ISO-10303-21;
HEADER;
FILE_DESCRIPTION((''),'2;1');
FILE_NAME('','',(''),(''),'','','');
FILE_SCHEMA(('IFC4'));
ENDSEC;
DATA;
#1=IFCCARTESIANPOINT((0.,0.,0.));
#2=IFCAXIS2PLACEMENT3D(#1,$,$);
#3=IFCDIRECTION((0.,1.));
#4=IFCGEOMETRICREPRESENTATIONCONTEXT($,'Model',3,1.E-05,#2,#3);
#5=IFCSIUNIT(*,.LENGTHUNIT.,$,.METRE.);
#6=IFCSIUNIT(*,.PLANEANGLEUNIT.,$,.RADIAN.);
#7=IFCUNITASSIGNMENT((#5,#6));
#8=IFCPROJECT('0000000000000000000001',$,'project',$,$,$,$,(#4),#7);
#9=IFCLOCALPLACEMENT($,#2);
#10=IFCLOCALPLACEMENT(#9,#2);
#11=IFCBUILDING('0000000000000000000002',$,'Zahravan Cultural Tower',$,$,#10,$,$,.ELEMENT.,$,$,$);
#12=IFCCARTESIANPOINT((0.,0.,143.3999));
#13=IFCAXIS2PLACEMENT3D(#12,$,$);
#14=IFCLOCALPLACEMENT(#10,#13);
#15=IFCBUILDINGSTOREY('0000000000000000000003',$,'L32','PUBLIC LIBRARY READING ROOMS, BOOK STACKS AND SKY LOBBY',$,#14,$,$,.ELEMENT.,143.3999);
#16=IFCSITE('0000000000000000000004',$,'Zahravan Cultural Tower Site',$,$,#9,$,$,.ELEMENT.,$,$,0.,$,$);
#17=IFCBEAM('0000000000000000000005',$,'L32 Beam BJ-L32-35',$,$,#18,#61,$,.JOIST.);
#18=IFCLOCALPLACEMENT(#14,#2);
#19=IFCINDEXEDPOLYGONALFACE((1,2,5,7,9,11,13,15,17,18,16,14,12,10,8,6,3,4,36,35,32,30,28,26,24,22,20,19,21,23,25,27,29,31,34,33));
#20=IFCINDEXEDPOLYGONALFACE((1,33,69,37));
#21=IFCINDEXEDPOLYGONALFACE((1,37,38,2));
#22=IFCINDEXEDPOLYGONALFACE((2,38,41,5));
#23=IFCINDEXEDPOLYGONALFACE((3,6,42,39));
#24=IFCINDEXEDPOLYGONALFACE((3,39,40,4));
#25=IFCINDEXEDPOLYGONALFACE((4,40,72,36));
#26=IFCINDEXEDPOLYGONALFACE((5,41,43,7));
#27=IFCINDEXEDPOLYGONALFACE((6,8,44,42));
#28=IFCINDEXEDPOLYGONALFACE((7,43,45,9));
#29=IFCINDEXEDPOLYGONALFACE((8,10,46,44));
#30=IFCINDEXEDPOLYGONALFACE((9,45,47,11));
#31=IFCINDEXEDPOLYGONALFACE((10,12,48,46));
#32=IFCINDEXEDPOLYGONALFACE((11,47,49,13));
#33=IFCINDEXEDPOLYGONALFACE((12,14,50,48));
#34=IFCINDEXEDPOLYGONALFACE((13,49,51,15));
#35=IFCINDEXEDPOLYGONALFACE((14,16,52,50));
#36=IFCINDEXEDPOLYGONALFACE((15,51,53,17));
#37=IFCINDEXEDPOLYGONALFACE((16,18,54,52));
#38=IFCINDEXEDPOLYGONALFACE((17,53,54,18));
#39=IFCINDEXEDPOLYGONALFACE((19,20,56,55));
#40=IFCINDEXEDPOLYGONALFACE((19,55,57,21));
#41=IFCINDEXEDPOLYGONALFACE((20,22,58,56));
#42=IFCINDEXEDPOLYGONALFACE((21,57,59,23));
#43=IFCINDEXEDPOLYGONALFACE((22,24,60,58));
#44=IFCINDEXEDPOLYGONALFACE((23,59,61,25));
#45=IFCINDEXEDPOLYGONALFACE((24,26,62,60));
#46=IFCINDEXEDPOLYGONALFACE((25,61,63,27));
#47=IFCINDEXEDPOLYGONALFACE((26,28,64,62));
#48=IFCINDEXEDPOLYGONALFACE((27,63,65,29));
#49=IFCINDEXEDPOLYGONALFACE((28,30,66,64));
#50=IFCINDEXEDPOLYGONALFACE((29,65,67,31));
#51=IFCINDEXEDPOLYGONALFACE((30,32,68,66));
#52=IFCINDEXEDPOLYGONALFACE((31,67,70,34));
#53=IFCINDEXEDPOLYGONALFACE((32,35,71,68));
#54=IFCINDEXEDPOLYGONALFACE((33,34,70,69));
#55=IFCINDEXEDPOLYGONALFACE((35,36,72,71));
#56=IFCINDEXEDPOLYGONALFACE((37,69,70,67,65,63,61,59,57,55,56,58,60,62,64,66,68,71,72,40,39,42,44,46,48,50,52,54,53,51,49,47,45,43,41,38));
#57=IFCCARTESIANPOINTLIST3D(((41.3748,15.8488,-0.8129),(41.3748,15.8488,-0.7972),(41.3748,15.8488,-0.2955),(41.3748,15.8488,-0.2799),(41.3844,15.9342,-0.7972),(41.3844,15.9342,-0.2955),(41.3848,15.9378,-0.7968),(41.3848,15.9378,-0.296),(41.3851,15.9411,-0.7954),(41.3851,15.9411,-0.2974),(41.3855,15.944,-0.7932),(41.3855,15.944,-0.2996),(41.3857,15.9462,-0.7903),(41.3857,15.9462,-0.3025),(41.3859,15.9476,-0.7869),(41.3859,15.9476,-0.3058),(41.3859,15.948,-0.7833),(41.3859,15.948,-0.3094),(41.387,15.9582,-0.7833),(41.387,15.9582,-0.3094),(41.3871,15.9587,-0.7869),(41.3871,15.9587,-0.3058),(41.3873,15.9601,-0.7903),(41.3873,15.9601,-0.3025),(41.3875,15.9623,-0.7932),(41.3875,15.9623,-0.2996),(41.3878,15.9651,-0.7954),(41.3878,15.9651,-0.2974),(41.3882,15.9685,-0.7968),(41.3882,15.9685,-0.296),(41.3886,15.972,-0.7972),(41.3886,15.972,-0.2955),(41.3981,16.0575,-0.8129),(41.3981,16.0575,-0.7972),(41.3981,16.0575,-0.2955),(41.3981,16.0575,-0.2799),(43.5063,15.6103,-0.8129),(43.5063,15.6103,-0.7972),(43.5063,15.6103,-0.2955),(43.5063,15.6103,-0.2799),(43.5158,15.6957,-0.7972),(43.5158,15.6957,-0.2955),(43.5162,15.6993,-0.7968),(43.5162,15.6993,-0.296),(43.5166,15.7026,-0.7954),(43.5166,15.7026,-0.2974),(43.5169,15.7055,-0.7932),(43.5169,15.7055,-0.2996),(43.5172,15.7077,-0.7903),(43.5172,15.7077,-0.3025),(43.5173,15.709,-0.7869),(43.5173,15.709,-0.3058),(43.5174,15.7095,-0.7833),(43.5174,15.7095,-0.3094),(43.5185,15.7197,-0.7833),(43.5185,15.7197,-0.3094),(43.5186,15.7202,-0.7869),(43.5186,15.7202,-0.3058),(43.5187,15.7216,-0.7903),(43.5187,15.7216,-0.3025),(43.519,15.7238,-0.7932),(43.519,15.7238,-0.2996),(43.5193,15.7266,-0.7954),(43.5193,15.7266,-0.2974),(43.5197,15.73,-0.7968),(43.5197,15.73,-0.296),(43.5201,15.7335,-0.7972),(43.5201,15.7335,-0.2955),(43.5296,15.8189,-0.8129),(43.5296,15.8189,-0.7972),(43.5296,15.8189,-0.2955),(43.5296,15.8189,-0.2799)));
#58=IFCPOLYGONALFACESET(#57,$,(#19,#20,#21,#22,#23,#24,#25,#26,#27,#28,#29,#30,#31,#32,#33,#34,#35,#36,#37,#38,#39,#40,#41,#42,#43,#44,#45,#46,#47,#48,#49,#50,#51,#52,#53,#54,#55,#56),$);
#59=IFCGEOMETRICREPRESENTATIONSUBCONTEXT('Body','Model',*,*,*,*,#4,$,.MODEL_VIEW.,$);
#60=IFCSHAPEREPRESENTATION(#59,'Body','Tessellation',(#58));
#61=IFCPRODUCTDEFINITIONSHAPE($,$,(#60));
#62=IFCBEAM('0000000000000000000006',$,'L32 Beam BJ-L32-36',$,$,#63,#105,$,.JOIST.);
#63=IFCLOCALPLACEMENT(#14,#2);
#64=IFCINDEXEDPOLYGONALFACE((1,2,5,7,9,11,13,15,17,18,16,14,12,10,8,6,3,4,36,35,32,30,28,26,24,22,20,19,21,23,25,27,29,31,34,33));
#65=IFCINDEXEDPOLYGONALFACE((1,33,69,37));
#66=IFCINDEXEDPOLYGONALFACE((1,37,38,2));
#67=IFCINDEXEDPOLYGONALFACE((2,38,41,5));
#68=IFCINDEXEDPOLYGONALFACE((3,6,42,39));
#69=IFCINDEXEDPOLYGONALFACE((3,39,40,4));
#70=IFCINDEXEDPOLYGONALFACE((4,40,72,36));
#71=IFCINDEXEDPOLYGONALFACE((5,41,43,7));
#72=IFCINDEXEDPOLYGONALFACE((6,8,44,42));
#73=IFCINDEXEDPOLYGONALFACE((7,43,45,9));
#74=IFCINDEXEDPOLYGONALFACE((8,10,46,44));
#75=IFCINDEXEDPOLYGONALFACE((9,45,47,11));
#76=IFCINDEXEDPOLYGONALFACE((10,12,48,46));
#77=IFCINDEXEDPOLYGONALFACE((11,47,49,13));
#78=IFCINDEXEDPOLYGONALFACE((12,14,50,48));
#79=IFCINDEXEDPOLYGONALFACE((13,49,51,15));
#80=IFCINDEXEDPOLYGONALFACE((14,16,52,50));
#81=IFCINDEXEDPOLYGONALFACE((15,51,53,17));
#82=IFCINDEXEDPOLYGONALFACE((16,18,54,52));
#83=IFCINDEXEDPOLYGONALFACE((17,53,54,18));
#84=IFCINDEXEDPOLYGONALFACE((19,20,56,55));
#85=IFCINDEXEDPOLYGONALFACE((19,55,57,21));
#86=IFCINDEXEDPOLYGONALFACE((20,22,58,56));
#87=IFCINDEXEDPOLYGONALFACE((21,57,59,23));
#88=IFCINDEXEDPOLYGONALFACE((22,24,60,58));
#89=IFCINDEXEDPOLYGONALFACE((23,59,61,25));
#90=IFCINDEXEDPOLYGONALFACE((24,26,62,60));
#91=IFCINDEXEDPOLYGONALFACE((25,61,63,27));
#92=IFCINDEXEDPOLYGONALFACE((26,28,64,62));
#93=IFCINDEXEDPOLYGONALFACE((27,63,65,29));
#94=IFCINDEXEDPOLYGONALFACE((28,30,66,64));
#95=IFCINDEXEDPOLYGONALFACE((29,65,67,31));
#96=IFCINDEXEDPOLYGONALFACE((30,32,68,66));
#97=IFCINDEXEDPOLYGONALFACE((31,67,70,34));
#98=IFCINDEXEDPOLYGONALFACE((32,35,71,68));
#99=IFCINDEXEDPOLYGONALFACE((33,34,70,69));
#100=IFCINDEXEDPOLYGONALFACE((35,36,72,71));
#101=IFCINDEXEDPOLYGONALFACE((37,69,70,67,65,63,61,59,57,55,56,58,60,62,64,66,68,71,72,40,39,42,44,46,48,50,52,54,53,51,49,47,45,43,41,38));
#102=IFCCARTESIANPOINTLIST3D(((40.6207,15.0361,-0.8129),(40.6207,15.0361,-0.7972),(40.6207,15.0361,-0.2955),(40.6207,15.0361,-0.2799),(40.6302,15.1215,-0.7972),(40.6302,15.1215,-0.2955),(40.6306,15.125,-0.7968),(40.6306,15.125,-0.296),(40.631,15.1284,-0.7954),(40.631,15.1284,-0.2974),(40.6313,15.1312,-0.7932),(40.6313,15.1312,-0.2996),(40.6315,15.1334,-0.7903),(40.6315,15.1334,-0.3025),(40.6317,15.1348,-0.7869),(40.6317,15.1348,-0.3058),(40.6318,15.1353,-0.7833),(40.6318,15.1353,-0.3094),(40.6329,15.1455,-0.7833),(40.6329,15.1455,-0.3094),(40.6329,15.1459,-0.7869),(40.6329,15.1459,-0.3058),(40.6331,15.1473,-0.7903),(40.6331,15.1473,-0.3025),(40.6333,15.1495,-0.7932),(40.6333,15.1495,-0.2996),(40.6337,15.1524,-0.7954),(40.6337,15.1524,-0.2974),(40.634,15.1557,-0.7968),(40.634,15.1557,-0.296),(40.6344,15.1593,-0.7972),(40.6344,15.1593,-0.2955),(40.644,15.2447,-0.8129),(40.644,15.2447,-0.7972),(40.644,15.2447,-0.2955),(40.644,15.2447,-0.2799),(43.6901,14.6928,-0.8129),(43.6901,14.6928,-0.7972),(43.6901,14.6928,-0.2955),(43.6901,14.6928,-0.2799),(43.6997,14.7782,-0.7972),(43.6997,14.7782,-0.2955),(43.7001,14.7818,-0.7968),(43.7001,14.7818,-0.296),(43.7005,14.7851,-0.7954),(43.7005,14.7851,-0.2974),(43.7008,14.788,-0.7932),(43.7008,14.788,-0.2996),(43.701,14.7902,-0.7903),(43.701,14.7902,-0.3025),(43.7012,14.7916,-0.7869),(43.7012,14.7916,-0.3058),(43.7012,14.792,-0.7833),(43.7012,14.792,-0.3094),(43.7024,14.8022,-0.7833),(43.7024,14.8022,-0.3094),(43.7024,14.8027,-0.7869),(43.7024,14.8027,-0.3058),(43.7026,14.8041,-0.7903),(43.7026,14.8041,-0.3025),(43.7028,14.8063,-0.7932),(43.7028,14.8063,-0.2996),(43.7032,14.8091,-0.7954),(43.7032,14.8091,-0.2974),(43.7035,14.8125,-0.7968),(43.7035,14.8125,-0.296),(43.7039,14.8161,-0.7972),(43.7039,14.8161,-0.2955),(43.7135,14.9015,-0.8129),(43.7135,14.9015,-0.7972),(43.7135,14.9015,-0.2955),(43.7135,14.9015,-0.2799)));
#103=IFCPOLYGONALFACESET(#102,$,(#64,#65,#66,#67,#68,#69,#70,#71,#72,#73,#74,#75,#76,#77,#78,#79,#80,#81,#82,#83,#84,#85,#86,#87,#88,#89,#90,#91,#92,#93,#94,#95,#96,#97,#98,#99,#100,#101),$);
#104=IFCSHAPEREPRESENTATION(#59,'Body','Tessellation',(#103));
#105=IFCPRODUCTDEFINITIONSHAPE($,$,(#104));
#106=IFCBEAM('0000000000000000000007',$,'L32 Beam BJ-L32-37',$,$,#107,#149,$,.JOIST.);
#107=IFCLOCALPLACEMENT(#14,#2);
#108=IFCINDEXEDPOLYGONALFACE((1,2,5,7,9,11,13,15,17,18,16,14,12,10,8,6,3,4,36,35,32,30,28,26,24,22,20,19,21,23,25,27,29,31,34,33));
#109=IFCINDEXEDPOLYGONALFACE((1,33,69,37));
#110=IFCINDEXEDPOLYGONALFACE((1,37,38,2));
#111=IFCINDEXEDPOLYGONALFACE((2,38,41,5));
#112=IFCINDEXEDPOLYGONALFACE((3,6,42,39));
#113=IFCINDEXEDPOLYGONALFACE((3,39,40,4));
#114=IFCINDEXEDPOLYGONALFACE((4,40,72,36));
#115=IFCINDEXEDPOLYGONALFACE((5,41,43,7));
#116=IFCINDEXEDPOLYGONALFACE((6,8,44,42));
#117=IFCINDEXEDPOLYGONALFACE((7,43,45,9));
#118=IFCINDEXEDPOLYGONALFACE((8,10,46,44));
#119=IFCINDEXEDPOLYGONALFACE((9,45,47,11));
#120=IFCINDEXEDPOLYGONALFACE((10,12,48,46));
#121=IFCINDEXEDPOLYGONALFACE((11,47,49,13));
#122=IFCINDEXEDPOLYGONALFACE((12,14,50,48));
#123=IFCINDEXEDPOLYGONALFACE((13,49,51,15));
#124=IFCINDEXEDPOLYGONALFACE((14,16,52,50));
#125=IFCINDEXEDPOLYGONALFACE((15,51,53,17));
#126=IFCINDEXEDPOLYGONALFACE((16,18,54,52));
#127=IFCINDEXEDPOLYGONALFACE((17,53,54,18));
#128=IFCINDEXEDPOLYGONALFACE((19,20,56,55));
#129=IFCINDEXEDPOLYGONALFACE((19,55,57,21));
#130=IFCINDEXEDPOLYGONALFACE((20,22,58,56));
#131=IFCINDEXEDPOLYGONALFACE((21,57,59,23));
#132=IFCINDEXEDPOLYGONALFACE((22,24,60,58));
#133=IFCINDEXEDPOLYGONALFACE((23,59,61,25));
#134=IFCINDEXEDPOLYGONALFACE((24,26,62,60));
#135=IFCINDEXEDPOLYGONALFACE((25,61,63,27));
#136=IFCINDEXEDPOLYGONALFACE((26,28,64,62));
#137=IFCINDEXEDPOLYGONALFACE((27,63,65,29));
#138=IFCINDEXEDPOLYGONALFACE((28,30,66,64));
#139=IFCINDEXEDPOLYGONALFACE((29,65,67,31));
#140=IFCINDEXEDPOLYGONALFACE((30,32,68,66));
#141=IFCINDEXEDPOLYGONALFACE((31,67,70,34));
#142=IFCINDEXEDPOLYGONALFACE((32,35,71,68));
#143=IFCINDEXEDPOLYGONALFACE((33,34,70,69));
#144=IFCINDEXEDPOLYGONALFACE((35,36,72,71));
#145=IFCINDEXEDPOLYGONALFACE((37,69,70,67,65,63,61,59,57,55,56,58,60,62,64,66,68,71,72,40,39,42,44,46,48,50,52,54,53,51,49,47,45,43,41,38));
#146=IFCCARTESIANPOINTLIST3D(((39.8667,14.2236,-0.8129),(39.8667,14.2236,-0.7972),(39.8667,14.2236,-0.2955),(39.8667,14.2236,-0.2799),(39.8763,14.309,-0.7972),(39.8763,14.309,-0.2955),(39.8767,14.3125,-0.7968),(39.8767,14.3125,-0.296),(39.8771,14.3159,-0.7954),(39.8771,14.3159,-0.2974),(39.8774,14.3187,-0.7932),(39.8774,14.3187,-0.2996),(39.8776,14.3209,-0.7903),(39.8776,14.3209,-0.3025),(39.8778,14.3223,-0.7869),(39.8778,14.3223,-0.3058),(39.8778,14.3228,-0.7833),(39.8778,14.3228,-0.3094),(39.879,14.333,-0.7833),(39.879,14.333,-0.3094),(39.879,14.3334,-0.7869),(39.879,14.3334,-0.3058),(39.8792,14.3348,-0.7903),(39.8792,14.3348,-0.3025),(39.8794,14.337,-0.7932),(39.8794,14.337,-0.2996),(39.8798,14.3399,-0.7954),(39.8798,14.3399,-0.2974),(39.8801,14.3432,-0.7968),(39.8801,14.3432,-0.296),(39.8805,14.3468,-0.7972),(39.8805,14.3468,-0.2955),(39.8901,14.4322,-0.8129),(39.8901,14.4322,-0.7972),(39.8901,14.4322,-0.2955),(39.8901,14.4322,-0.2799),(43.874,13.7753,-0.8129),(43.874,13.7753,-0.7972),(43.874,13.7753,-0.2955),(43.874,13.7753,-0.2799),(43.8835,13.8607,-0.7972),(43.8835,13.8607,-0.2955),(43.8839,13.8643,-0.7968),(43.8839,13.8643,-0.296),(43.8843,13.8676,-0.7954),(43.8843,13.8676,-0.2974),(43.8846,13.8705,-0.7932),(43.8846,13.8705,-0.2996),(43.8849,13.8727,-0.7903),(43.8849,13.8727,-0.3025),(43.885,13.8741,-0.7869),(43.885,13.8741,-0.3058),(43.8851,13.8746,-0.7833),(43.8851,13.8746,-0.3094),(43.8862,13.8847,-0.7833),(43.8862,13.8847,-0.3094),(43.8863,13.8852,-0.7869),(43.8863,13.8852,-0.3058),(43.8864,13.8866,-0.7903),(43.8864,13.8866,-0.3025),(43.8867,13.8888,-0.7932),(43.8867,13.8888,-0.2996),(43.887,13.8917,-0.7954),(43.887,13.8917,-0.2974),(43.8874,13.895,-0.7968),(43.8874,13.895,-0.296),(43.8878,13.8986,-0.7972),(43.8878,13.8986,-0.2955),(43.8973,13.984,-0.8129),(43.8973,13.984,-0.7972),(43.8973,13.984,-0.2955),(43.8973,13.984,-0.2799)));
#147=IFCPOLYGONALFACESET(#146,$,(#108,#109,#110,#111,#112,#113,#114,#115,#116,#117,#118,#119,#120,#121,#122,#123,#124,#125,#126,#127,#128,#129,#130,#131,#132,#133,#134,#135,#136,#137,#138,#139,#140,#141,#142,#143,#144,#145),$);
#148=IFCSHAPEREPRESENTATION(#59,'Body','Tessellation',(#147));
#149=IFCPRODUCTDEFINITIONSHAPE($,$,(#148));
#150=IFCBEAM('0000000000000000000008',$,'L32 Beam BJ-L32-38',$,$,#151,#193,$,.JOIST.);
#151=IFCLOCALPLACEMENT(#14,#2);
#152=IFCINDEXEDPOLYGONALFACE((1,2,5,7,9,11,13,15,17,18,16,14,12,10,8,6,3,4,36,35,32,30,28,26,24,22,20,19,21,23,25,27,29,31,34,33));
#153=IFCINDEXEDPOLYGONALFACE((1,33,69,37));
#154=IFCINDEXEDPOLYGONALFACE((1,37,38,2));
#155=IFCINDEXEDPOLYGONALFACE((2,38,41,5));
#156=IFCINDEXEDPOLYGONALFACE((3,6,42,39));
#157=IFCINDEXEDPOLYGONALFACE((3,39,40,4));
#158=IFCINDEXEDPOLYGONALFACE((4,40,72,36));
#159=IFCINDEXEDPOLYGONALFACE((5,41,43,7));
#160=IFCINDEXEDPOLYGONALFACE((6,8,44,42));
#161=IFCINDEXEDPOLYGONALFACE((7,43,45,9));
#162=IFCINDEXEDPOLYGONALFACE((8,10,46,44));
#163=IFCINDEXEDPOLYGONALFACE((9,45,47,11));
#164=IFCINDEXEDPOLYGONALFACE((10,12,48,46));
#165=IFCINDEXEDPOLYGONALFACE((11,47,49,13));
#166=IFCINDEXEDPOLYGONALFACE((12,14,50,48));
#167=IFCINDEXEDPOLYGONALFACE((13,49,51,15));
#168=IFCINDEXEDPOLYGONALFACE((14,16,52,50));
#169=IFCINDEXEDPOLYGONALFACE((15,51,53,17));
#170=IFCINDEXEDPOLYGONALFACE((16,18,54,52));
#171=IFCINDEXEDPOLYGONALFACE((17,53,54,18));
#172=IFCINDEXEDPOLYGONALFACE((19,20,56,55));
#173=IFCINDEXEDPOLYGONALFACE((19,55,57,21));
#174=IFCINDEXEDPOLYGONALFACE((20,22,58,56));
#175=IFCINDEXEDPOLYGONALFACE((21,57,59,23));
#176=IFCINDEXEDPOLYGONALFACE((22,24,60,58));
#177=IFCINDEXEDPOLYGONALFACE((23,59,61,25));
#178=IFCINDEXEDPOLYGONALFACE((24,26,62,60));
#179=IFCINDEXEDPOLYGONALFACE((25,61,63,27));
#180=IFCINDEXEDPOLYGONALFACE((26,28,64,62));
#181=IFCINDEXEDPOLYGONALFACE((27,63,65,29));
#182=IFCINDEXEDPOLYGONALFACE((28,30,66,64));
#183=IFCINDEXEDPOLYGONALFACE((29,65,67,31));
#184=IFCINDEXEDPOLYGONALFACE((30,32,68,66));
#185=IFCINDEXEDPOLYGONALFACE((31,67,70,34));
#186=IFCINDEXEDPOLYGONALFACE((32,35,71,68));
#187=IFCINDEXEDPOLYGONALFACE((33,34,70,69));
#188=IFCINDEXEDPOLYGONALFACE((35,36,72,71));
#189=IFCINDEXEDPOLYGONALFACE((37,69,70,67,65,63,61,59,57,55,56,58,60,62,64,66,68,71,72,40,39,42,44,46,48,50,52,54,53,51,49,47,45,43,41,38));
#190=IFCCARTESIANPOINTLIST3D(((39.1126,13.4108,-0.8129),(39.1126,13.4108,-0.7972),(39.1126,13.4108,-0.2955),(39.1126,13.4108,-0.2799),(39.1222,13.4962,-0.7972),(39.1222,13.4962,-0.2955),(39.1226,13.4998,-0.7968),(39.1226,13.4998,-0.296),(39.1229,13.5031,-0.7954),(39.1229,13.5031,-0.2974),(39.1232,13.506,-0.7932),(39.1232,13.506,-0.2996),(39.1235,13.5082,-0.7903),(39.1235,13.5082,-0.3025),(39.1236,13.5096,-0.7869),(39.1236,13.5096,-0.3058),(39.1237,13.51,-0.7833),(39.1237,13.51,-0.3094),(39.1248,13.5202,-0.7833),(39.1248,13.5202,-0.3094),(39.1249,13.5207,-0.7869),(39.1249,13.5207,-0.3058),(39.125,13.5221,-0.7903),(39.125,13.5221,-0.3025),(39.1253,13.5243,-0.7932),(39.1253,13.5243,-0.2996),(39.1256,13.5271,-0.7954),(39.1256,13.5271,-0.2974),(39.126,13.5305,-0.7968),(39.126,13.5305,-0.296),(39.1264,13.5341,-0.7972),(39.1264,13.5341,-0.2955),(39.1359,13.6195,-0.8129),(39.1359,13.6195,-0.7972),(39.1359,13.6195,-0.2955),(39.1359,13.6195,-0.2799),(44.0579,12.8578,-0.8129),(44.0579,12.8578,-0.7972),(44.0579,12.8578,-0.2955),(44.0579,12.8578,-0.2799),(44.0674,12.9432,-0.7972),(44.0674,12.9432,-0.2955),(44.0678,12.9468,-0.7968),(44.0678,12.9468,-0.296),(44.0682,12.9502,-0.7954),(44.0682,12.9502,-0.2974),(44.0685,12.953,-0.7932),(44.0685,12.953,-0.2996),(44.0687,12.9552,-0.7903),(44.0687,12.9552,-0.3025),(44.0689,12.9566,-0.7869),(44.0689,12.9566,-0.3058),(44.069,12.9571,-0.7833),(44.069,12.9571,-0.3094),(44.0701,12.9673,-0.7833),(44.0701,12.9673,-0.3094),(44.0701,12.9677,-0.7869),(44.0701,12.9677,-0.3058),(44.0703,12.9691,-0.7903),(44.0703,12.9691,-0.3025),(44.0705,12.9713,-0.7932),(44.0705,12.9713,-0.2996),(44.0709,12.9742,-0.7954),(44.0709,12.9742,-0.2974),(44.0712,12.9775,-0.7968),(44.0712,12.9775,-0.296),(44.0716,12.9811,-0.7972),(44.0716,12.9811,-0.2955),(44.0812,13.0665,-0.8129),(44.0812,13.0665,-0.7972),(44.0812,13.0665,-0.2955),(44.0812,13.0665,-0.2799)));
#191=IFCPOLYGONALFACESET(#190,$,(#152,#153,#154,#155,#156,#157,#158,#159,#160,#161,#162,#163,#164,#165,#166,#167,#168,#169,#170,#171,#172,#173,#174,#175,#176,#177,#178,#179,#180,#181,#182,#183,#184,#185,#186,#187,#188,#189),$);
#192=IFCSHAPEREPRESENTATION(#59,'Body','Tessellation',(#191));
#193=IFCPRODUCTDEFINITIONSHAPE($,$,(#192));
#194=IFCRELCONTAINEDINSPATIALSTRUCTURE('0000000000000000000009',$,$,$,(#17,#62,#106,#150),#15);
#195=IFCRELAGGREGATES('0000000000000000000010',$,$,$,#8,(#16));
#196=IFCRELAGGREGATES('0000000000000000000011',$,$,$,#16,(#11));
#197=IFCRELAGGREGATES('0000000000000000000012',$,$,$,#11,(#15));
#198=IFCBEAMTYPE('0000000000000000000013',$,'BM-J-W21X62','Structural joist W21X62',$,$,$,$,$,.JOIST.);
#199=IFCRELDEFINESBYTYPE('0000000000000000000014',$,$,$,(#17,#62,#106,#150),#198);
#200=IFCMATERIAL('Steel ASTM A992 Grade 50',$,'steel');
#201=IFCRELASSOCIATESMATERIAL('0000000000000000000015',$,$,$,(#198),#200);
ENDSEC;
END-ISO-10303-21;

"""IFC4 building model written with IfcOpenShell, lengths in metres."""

from ifc_helpers import new_model, si_unit, direction, frame, origin, origin_2d, place, context, subcontext, project, spatial, i_section, extrude, source, transform, mapped, material, material_profile, profile_set, type_object, element, save


model = new_model("IFC4")

# Units and contexts
model_context = context("Model", 3, precision=1e-05, world=origin(), true_north=direction((0.0, 1.0)))
body_context = subcontext(model_context, "Body", "Model", "MODEL_VIEW")
ifc_project = project(units=[si_unit("LENGTHUNIT", "METRE"), si_unit("PLANEANGLEUNIT", "RADIAN")], contexts=[model_context])

# Site, building, storey
site_placement = place(None, origin())
site = spatial("IfcSite", under=ifc_project, at=site_placement, Name="Zahravan Cultural Tower Site", CompositionType="ELEMENT", RefElevation=0.0)
building_placement = place(site_placement, origin())
building = spatial("IfcBuilding", under=site, at=building_placement, Name="Zahravan Cultural Tower", CompositionType="ELEMENT")
storey_placement = place(building_placement, frame((0.0, 0.0, 143.3999)))
storey = spatial("IfcBuildingStorey", under=building, at=storey_placement, Name="L32", Description="PUBLIC LIBRARY READING ROOMS, BOOK STACKS AND SKY LOBBY", CompositionType="ELEMENT", Elevation=143.3999)

# Shared definitions
ifc_material_1 = material(Name="Steel ASTM A992 Grade 50", Category="steel")

# Beams
ifc_material_profile_1 = material_profile(ifc_material_1, i_section(OverallWidth=0.21, OverallDepth=0.533, WebThickness=0.0103, FlangeThickness=0.0156, FilletRadius=0.0139, at=origin_2d()), Name="W21X62")
ifc_profile_set_1 = profile_set([ifc_material_profile_1], Name="Steel ASTM A992 Grade 50")
beam_type_1 = type_object("IfcBeamType", Name="BM-J-W21X62", Description="Structural joist W21X62", PredefinedType="JOIST", material=ifc_profile_set_1)
shared_shape_1 = source(origin(), body_context, "Body", "SweptSolid", [
    extrude(i_section(OverallWidth=0.21, OverallDepth=0.533, WebThickness=0.0103, FlangeThickness=0.0156, FilletRadius=0.0139, at=origin_2d()), origin(), (0.0, 0.0, 1.0), 2.1448),
])
beam_1_placement = place(storey_placement, frame((41.3865, 15.9531, -0.5464), z_axis=(0.993797, -0.111206, 0.0), x_axis=(0.111206, 0.993797, 0.0)))
element("IfcBeam", 1, at=beam_1_placement, inside=storey, type_object=beam_type_1, Name="L32 Beam BJ-L32-35", PredefinedType="JOIST", context=body_context, shape_type="MappedRepresentation", body=[
    mapped(shared_shape_1, transform((0.0, 0.0, 0.0), x_axis=(1.0, 0.0, 0.0), y_axis=(0.0, 1.0, 0.0), z_axis=(0.0, 0.0, 1.0), scale=1.0)),
])
shared_shape_2 = source(origin(), body_context, "Body", "SweptSolid", [
    extrude(i_section(OverallWidth=0.21, OverallDepth=0.533, WebThickness=0.0103, FlangeThickness=0.0156, FilletRadius=0.0139, at=origin_2d()), origin(), (0.0, 0.0, 1.0), 3.0886),
])
beam_2_placement = place(storey_placement, frame((40.6323, 15.1404, -0.5464), z_axis=(0.993805, -0.111134, 0.0), x_axis=(0.111134, 0.993805, 0.0)))
element("IfcBeam", 2, at=beam_2_placement, inside=storey, type_object=beam_type_1, Name="L32 Beam BJ-L32-36", PredefinedType="JOIST", context=body_context, shape_type="MappedRepresentation", body=[
    mapped(shared_shape_2, transform((0.0, 0.0, 0.0), x_axis=(1.0, 0.0, 0.0), y_axis=(0.0, 1.0, 0.0), z_axis=(0.0, 0.0, 1.0), scale=1.0)),
])
shared_shape_3 = source(origin(), body_context, "Body", "SweptSolid", [
    extrude(i_section(OverallWidth=0.21, OverallDepth=0.533, WebThickness=0.0103, FlangeThickness=0.0156, FilletRadius=0.0139, at=origin_2d()), origin(), (0.0, 0.0, 1.0), 4.0322),
])
beam_3_placement = place(storey_placement, frame((39.8784, 14.3279, -0.5464), z_axis=(0.993802, -0.111162, 0.0), x_axis=(0.111162, 0.993802, 0.0)))
element("IfcBeam", 3, at=beam_3_placement, inside=storey, type_object=beam_type_1, Name="L32 Beam BJ-L32-37", PredefinedType="JOIST", context=body_context, shape_type="MappedRepresentation", body=[
    mapped(shared_shape_3, transform((0.0, 0.0, 0.0), x_axis=(1.0, 0.0, 0.0), y_axis=(0.0, 1.0, 0.0), z_axis=(0.0, 0.0, 1.0), scale=1.0)),
])
shared_shape_4 = source(origin(), body_context, "Body", "SweptSolid", [
    extrude(i_section(OverallWidth=0.21, OverallDepth=0.533, WebThickness=0.0103, FlangeThickness=0.0156, FilletRadius=0.0139, at=origin_2d()), origin(), (0.0, 0.0, 1.0), 4.9761),
])
beam_4_placement = place(storey_placement, frame((39.1243, 13.5151, -0.5464), z_axis=(0.993806, -0.111126, 0.0), x_axis=(0.111126, 0.993806, 0.0)))
element("IfcBeam", 4, at=beam_4_placement, inside=storey, type_object=beam_type_1, Name="L32 Beam BJ-L32-38", PredefinedType="JOIST", context=body_context, shape_type="MappedRepresentation", body=[
    mapped(shared_shape_4, transform((0.0, 0.0, 0.0), x_axis=(1.0, 0.0, 0.0), y_axis=(0.0, 1.0, 0.0), z_axis=(0.0, 0.0, 1.0), scale=1.0)),
])

save(model, "model.ifc")
